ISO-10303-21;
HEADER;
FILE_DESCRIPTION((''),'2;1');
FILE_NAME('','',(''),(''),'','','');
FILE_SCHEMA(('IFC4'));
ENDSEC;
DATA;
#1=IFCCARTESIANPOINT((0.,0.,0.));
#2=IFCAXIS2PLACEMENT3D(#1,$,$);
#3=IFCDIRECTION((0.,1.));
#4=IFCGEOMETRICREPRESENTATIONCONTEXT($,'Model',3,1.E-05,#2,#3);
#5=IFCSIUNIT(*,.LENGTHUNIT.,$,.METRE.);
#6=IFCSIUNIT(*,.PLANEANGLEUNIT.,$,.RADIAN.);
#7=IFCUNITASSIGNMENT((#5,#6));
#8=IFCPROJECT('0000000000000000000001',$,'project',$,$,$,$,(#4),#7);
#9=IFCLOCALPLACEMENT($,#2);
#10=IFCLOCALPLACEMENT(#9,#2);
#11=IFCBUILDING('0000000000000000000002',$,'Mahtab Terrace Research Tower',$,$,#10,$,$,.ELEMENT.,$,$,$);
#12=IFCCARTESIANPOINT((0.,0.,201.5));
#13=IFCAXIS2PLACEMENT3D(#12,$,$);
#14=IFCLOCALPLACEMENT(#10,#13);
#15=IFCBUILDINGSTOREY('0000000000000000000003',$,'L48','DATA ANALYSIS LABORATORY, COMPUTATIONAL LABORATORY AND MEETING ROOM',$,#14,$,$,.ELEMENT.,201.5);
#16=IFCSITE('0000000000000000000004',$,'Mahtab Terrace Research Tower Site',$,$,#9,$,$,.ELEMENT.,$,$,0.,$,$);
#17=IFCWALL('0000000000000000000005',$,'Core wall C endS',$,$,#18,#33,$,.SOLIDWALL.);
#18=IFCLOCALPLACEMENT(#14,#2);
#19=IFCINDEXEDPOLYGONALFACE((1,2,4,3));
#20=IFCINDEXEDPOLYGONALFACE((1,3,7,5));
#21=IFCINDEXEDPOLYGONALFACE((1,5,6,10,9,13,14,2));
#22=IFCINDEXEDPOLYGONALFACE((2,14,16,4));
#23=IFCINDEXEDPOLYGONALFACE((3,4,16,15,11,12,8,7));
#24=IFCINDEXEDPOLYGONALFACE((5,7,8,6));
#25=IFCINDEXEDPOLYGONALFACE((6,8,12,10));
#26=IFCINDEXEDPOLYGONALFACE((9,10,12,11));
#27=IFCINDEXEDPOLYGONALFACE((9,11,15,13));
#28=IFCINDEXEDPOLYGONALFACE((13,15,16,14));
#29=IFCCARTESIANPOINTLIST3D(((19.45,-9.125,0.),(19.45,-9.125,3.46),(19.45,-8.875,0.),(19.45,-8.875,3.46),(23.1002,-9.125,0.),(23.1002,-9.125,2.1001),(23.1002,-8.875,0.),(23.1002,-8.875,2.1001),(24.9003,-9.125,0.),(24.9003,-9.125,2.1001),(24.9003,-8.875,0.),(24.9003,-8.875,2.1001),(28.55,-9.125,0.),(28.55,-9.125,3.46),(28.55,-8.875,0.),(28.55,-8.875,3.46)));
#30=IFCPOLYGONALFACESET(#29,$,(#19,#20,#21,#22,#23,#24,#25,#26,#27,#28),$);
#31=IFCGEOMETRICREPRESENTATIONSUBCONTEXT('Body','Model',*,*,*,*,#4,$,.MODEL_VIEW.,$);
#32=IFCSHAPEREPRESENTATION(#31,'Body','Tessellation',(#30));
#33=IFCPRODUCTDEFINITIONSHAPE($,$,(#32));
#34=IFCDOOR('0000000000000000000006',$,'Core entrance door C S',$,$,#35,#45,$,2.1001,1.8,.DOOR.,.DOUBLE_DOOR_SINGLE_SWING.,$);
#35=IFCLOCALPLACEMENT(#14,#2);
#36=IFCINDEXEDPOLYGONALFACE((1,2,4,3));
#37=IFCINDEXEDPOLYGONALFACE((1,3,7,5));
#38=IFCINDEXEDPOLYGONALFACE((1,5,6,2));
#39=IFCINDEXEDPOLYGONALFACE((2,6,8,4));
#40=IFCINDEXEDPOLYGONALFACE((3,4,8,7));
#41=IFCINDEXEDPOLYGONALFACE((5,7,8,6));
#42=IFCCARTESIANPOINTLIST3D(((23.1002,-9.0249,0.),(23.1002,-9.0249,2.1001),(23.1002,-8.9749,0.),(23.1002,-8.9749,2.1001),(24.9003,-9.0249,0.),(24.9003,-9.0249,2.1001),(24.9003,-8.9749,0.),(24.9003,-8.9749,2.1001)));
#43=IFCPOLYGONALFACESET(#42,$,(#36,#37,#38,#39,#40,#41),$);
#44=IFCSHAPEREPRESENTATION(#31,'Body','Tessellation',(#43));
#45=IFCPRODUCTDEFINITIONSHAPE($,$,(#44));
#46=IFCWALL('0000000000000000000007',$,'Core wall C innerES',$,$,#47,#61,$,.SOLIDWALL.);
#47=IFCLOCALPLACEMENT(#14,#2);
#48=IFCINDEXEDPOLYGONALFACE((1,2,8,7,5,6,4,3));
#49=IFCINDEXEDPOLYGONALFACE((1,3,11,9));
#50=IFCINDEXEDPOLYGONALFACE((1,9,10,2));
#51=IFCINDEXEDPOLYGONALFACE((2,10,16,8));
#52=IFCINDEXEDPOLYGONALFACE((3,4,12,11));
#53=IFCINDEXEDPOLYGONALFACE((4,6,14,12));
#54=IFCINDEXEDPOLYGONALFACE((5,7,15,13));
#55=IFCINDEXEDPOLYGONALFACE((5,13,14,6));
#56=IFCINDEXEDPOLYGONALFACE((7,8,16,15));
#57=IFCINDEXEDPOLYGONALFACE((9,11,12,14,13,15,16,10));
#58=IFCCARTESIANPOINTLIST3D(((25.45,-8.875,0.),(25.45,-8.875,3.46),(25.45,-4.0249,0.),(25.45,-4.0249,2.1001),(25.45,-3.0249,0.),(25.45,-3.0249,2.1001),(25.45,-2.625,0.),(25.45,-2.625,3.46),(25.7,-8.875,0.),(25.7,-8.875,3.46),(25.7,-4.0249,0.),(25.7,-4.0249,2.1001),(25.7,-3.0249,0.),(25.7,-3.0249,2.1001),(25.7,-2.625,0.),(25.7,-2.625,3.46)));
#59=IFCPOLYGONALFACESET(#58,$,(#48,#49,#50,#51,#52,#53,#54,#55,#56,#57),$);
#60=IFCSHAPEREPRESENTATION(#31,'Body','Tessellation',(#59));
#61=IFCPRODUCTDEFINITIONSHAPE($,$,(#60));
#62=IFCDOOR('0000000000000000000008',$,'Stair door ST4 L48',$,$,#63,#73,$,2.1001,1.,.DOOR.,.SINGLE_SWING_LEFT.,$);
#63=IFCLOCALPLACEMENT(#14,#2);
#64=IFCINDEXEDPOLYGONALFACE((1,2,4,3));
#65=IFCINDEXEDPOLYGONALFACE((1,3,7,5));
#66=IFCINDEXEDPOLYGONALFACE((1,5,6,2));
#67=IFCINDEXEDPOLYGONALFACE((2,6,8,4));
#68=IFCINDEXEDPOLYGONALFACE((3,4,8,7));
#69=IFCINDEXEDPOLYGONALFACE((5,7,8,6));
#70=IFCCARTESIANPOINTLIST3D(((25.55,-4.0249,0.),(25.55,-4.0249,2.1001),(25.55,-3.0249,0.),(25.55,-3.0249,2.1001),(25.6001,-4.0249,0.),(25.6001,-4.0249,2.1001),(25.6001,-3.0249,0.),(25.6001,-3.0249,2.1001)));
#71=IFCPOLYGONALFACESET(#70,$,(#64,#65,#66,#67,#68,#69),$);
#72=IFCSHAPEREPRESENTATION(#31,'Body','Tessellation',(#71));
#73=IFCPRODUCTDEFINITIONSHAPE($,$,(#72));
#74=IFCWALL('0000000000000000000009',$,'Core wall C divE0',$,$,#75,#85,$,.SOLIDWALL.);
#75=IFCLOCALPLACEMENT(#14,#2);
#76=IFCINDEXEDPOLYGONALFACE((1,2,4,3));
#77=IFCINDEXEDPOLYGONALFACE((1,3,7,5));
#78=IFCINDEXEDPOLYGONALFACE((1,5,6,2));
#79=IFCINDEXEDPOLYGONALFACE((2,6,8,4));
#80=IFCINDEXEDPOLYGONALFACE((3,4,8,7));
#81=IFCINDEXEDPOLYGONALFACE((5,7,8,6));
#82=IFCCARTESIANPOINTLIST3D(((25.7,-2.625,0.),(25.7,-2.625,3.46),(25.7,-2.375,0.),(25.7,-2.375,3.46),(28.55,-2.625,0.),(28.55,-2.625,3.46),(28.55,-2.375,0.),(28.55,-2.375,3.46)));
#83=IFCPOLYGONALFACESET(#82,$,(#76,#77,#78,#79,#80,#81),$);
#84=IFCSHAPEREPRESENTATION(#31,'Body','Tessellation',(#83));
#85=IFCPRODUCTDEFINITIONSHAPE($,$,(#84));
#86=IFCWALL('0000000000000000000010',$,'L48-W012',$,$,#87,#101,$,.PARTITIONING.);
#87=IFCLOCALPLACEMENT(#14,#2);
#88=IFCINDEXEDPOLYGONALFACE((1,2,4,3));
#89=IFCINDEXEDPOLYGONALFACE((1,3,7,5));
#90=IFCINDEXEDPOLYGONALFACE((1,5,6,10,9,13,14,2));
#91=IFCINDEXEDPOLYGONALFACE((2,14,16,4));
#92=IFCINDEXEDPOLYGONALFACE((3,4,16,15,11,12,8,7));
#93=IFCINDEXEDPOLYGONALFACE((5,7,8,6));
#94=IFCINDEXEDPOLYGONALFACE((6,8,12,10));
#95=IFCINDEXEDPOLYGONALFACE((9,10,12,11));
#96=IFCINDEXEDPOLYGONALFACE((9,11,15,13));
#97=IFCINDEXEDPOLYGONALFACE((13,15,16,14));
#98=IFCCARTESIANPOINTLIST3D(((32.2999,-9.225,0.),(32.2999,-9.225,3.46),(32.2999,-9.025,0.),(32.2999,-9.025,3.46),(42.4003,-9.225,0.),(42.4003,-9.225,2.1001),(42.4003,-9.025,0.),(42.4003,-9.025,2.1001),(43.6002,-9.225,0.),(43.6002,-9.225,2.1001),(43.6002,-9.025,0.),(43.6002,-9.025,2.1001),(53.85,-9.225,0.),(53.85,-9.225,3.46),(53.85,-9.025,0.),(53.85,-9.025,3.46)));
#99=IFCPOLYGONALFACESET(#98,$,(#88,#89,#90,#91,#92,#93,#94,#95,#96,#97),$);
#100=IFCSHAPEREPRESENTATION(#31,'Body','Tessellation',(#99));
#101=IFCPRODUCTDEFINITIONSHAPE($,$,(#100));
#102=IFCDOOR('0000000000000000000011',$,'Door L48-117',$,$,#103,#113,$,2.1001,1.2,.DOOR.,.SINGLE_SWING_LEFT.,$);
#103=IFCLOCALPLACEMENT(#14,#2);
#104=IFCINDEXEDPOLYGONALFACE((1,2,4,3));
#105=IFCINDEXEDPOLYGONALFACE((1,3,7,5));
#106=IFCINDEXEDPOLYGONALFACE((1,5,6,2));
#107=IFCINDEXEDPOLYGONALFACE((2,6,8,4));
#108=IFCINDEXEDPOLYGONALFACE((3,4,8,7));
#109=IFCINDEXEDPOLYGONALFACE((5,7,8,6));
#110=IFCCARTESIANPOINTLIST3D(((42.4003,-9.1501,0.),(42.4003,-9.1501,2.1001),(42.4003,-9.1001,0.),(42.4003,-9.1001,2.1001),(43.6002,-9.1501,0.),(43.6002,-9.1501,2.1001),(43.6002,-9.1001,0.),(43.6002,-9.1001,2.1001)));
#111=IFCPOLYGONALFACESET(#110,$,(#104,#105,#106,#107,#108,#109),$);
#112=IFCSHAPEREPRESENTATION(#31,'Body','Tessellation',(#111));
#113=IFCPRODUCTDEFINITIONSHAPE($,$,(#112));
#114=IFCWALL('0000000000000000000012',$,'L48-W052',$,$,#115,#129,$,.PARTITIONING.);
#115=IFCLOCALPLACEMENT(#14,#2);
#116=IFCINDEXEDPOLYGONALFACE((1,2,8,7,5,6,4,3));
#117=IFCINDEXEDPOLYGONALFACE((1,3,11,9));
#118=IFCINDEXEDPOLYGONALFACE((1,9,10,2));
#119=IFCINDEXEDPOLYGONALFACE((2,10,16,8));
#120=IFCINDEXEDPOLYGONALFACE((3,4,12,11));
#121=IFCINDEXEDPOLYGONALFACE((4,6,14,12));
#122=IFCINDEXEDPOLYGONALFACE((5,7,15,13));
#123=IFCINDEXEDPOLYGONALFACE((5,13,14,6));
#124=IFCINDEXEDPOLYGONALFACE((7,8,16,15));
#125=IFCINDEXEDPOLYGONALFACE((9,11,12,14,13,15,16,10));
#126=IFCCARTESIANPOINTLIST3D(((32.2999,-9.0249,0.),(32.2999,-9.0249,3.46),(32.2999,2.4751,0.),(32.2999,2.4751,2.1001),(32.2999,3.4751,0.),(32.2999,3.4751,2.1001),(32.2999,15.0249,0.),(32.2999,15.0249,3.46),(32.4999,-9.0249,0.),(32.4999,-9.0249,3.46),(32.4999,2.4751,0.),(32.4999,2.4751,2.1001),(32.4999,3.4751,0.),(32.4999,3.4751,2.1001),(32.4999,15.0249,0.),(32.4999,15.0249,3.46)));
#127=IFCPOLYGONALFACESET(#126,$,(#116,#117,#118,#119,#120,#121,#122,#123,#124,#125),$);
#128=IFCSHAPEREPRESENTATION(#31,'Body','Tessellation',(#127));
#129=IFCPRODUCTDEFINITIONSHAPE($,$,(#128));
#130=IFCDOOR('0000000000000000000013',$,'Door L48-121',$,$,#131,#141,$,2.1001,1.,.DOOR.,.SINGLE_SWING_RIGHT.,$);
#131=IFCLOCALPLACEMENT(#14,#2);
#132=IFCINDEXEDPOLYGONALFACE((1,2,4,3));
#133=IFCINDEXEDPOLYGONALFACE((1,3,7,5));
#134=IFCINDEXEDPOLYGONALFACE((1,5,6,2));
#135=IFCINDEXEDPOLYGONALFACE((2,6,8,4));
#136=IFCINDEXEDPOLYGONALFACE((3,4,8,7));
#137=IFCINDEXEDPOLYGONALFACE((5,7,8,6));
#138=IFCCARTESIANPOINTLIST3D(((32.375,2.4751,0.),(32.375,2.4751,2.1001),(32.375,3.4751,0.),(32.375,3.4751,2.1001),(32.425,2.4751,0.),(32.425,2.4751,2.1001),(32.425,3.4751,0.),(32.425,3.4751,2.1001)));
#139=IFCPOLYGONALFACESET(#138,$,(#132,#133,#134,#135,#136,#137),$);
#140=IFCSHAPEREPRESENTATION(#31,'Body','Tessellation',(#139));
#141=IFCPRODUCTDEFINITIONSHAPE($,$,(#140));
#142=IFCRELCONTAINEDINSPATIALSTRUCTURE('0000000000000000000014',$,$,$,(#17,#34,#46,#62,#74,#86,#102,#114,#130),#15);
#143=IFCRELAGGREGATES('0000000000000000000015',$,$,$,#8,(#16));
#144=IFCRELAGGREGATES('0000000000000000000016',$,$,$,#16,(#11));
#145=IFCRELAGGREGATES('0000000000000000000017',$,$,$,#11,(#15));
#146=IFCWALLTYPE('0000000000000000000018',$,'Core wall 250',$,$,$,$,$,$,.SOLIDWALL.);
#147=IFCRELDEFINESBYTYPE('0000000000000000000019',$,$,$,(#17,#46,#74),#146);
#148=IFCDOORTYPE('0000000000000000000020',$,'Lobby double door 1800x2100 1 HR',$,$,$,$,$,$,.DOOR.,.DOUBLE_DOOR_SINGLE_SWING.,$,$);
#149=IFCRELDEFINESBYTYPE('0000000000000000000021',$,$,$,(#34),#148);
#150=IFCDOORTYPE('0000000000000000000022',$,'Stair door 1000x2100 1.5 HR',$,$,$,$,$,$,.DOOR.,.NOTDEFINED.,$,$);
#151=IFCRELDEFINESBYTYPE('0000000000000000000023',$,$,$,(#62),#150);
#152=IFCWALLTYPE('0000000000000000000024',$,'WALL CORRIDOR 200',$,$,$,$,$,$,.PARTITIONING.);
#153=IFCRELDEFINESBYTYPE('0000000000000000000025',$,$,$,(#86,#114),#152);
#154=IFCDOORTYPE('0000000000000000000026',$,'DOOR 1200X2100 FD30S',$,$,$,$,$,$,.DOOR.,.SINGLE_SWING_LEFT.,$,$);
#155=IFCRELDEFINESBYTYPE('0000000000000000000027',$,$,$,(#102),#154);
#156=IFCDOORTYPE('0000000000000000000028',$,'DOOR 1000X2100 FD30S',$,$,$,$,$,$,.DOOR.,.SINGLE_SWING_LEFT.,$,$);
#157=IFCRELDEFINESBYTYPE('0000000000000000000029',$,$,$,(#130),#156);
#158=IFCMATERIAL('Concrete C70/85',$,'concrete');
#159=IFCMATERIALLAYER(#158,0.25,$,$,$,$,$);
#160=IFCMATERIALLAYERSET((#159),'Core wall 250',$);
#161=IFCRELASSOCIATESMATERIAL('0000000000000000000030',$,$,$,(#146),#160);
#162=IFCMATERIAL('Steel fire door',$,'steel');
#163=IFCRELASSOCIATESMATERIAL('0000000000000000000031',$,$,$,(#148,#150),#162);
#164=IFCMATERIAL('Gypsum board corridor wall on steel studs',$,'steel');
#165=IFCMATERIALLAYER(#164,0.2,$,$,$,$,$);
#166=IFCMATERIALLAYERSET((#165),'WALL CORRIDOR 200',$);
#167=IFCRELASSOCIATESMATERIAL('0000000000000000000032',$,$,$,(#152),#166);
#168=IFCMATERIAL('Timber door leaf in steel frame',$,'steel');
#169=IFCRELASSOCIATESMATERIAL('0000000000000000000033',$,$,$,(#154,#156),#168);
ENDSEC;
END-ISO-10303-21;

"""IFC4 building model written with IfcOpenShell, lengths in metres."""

from ifc_helpers import new_model, si_unit, direction, frame, frame_2d, origin, place, context, subcontext, project, spatial, rectangle, extrude, material, layer, layer_set, type_object, element, fill, save


model = new_model("IFC4")

# Units and contexts
model_context = context("Model", 3, precision=1e-05, world=origin(), true_north=direction((0.0, 1.0)))
body_context = subcontext(model_context, "Body", "Model", "MODEL_VIEW")
ifc_project = project(units=[si_unit("LENGTHUNIT", "METRE"), si_unit("PLANEANGLEUNIT", "RADIAN")], contexts=[model_context])

# Site, building, storey
site_placement = place(None, origin())
site = spatial("IfcSite", under=ifc_project, at=site_placement, Name="Mahtab Terrace Research Tower Site", CompositionType="ELEMENT", RefElevation=0.0)
building_placement = place(site_placement, origin())
building = spatial("IfcBuilding", under=site, at=building_placement, Name="Mahtab Terrace Research Tower", CompositionType="ELEMENT")
storey_placement = place(building_placement, frame((0.0, 0.0, 201.5)))
storey = spatial("IfcBuildingStorey", under=building, at=storey_placement, Name="L48", Description="DATA ANALYSIS LABORATORY, COMPUTATIONAL LABORATORY AND MEETING ROOM", CompositionType="ELEMENT", Elevation=201.5)

# Walls, openings, doors
ifc_material_1 = material(Name="Concrete C70/85", Category="concrete")
ifc_layer_1 = layer(ifc_material_1, 0.25)
ifc_layer_set_1 = layer_set([ifc_layer_1], Name="Core wall 250")
wall_type_1 = type_object("IfcWallType", Name="Core wall 250", PredefinedType="SOLIDWALL", material=ifc_layer_set_1)
wall_1_placement = place(storey_placement, frame((28.55, -9.0, 0.0), z_axis=(0.0, 0.0, 1.0), x_axis=(-1.0, 0.0, 0.0)))
wall_1 = element("IfcWall", 1, at=wall_1_placement, inside=storey, type_object=wall_type_1, Name="Core wall C endS", PredefinedType="SOLIDWALL", context=body_context, shape_type="SweptSolid", body=[
    extrude(rectangle(XDim=9.1001, YDim=0.25, at=frame_2d((4.55, 0.0))), origin(), (0.0, 0.0, 1.0), 3.46),
])
opening_1_placement = place(wall_1_placement, frame((3.6499, 0.0, 0.0)))
opening_1 = element("IfcOpeningElement", 2, at=opening_1_placement, cuts=wall_1, PredefinedType="OPENING", context=body_context, shape_type="SweptSolid", body=[
    extrude(rectangle(XDim=1.8, YDim=2.1001, at=frame_2d((0.8999, 1.05))), frame((0.0, 0.135, 0.0), z_axis=(0.0, -1.0, 0.0), x_axis=(1.0, 0.0, 0.0)), (0.0, 0.0, 1.0), 0.27),
])
ifc_material_2 = material(Name="Steel fire door", Category="steel")
door_type_1 = type_object("IfcDoorType", Name="Lobby double door 1800x2100 1 HR", OperationType="DOUBLE_DOOR_SINGLE_SWING", PredefinedType="DOOR", material=ifc_material_2)
door_1_placement = place(opening_1_placement, origin())
door_1 = element("IfcDoor", 3, at=door_1_placement, inside=storey, type_object=door_type_1, Name="Core entrance door C S", OperationType="DOUBLE_DOOR_SINGLE_SWING", OverallHeight=2.1001, OverallWidth=1.8, PredefinedType="DOOR", context=body_context, shape_type="SweptSolid", body=[
    extrude(rectangle(XDim=1.8, YDim=2.1001, at=frame_2d((0.8999, 1.05))), frame((0.0, 0.0249, 0.0), z_axis=(0.0, -1.0, 0.0), x_axis=(1.0, 0.0, 0.0)), (0.0, 0.0, 1.0), 0.05),
])
fill(opening_1, door_1)
wall_2_placement = place(storey_placement, frame((25.575, -8.875, 0.0), z_axis=(0.0, 0.0, 1.0), x_axis=(0.0, 1.0, 0.0)))
wall_2 = element("IfcWall", 4, at=wall_2_placement, inside=storey, type_object=wall_type_1, Name="Core wall C innerES", PredefinedType="SOLIDWALL", context=body_context, shape_type="SweptSolid", body=[
    extrude(rectangle(XDim=6.25, YDim=0.25, at=frame_2d((3.125, 0.0))), origin(), (0.0, 0.0, 1.0), 3.46),
])
opening_2_placement = place(wall_2_placement, frame((4.8501, 0.0, 0.0)))
opening_2 = element("IfcOpeningElement", 5, at=opening_2_placement, cuts=wall_2, PredefinedType="OPENING", context=body_context, shape_type="SweptSolid", body=[
    extrude(rectangle(XDim=1.0, YDim=2.1001, at=frame_2d((0.5, 1.05))), frame((0.0, 0.135, 0.0), z_axis=(0.0, -1.0, 0.0), x_axis=(1.0, 0.0, 0.0)), (0.0, 0.0, 1.0), 0.27),
])
door_type_2 = type_object("IfcDoorType", Name="Stair door 1000x2100 1.5 HR", OperationType="NOTDEFINED", PredefinedType="DOOR", material=ifc_material_2)
door_2_placement = place(opening_2_placement, origin())
door_2 = element("IfcDoor", 6, at=door_2_placement, inside=storey, type_object=door_type_2, Name="Stair door ST4 L48", OperationType="SINGLE_SWING_LEFT", OverallHeight=2.1001, OverallWidth=1.0, PredefinedType="DOOR", context=body_context, shape_type="SweptSolid", body=[
    extrude(rectangle(XDim=1.0, YDim=2.1001, at=frame_2d((0.5, 1.05))), frame((0.0, 0.0249, 0.0), z_axis=(0.0, -1.0, 0.0), x_axis=(1.0, 0.0, 0.0)), (0.0, 0.0, 1.0), 0.05),
])
fill(opening_2, door_2)

# Wall
wall_3_placement = place(storey_placement, frame((25.7, -2.5, 0.0), z_axis=(0.0, 0.0, 1.0), x_axis=(1.0, 0.0, 0.0)))
element("IfcWall", 7, at=wall_3_placement, inside=storey, type_object=wall_type_1, Name="Core wall C divE0", PredefinedType="SOLIDWALL", context=body_context, shape_type="SweptSolid", body=[
    extrude(rectangle(XDim=2.8501, YDim=0.25, at=frame_2d((1.425, 0.0))), origin(), (0.0, 0.0, 1.0), 3.46),
])

# Walls, openings, doors
ifc_material_3 = material(Name="Gypsum board corridor wall on steel studs", Category="steel")
ifc_layer_2 = layer(ifc_material_3, 0.2)
ifc_layer_set_2 = layer_set([ifc_layer_2], Name="WALL CORRIDOR 200")
wall_type_2 = type_object("IfcWallType", Name="WALL CORRIDOR 200", PredefinedType="PARTITIONING", material=ifc_layer_set_2)
wall_4_placement = place(storey_placement, frame((32.3, -9.125, 0.0), z_axis=(0.0, 0.0, 1.0), x_axis=(1.0, 0.0, 0.0)))
wall_4 = element("IfcWall", 8, at=wall_4_placement, inside=storey, type_object=wall_type_2, Name="L48-W012", PredefinedType="PARTITIONING", context=body_context, shape_type="SweptSolid", body=[
    extrude(rectangle(XDim=21.55, YDim=0.2, at=frame_2d((10.7749, 0.0))), origin(), (0.0, 0.0, 1.0), 3.46),
])
opening_3_placement = place(wall_4_placement, frame((10.1001, 0.0, 0.0)))
opening_3 = element("IfcOpeningElement", 9, at=opening_3_placement, cuts=wall_4, PredefinedType="OPENING", context=body_context, shape_type="SweptSolid", body=[
    extrude(rectangle(XDim=1.2, YDim=2.1001, at=frame_2d((0.6001, 1.05))), frame((0.0, 0.1099, 0.0), z_axis=(0.0, -1.0, 0.0), x_axis=(1.0, 0.0, 0.0)), (0.0, 0.0, 1.0), 0.22),
])
ifc_material_4 = material(Name="Timber door leaf in steel frame", Category="steel")
door_type_3 = type_object("IfcDoorType", Name="DOOR 1200X2100 FD30S", OperationType="SINGLE_SWING_LEFT", PredefinedType="DOOR", material=ifc_material_4)
door_3_placement = place(opening_3_placement, origin())
door_3 = element("IfcDoor", 10, at=door_3_placement, inside=storey, type_object=door_type_3, Name="Door L48-117", OperationType="SINGLE_SWING_LEFT", OverallHeight=2.1001, OverallWidth=1.2, PredefinedType="DOOR", context=body_context, shape_type="SweptSolid", body=[
    extrude(rectangle(XDim=1.2, YDim=2.1001, at=frame_2d((0.6001, 1.05))), frame((0.0, 0.0249, 0.0), z_axis=(0.0, -1.0, 0.0), x_axis=(1.0, 0.0, 0.0)), (0.0, 0.0, 1.0), 0.05),
])
fill(opening_3, door_3)
wall_5_placement = place(storey_placement, frame((32.3999, -9.0249, 0.0), z_axis=(0.0, 0.0, 1.0), x_axis=(0.0, 1.0, 0.0)))
wall_5 = element("IfcWall", 11, at=wall_5_placement, inside=storey, type_object=wall_type_2, Name="L48-W052", PredefinedType="PARTITIONING", context=body_context, shape_type="SweptSolid", body=[
    extrude(rectangle(XDim=24.0498, YDim=0.2, at=frame_2d((12.0249, 0.0))), origin(), (0.0, 0.0, 1.0), 3.46),
])
opening_4_placement = place(wall_5_placement, frame((11.5, 0.0, 0.0)))
opening_4 = element("IfcOpeningElement", 12, at=opening_4_placement, cuts=wall_5, PredefinedType="OPENING", context=body_context, shape_type="SweptSolid", body=[
    extrude(rectangle(XDim=1.0, YDim=2.1001, at=frame_2d((0.5, 1.05))), frame((0.0, 0.1099, 0.0), z_axis=(0.0, -1.0, 0.0), x_axis=(1.0, 0.0, 0.0)), (0.0, 0.0, 1.0), 0.22),
])
door_type_4 = type_object("IfcDoorType", Name="DOOR 1000X2100 FD30S", OperationType="SINGLE_SWING_LEFT", PredefinedType="DOOR", material=ifc_material_4)
door_4_placement = place(opening_4_placement, origin())
door_4 = element("IfcDoor", 13, at=door_4_placement, inside=storey, type_object=door_type_4, Name="Door L48-121", OperationType="SINGLE_SWING_RIGHT", OverallHeight=2.1001, OverallWidth=1.0, PredefinedType="DOOR", context=body_context, shape_type="SweptSolid", body=[
    extrude(rectangle(XDim=1.0, YDim=2.1001, at=frame_2d((0.5, 1.05))), frame((0.0, 0.0249, 0.0), z_axis=(0.0, -1.0, 0.0), x_axis=(1.0, 0.0, 0.0)), (0.0, 0.0, 1.0), 0.05),
])
fill(opening_4, door_4)

save(model, "model.ifc")
